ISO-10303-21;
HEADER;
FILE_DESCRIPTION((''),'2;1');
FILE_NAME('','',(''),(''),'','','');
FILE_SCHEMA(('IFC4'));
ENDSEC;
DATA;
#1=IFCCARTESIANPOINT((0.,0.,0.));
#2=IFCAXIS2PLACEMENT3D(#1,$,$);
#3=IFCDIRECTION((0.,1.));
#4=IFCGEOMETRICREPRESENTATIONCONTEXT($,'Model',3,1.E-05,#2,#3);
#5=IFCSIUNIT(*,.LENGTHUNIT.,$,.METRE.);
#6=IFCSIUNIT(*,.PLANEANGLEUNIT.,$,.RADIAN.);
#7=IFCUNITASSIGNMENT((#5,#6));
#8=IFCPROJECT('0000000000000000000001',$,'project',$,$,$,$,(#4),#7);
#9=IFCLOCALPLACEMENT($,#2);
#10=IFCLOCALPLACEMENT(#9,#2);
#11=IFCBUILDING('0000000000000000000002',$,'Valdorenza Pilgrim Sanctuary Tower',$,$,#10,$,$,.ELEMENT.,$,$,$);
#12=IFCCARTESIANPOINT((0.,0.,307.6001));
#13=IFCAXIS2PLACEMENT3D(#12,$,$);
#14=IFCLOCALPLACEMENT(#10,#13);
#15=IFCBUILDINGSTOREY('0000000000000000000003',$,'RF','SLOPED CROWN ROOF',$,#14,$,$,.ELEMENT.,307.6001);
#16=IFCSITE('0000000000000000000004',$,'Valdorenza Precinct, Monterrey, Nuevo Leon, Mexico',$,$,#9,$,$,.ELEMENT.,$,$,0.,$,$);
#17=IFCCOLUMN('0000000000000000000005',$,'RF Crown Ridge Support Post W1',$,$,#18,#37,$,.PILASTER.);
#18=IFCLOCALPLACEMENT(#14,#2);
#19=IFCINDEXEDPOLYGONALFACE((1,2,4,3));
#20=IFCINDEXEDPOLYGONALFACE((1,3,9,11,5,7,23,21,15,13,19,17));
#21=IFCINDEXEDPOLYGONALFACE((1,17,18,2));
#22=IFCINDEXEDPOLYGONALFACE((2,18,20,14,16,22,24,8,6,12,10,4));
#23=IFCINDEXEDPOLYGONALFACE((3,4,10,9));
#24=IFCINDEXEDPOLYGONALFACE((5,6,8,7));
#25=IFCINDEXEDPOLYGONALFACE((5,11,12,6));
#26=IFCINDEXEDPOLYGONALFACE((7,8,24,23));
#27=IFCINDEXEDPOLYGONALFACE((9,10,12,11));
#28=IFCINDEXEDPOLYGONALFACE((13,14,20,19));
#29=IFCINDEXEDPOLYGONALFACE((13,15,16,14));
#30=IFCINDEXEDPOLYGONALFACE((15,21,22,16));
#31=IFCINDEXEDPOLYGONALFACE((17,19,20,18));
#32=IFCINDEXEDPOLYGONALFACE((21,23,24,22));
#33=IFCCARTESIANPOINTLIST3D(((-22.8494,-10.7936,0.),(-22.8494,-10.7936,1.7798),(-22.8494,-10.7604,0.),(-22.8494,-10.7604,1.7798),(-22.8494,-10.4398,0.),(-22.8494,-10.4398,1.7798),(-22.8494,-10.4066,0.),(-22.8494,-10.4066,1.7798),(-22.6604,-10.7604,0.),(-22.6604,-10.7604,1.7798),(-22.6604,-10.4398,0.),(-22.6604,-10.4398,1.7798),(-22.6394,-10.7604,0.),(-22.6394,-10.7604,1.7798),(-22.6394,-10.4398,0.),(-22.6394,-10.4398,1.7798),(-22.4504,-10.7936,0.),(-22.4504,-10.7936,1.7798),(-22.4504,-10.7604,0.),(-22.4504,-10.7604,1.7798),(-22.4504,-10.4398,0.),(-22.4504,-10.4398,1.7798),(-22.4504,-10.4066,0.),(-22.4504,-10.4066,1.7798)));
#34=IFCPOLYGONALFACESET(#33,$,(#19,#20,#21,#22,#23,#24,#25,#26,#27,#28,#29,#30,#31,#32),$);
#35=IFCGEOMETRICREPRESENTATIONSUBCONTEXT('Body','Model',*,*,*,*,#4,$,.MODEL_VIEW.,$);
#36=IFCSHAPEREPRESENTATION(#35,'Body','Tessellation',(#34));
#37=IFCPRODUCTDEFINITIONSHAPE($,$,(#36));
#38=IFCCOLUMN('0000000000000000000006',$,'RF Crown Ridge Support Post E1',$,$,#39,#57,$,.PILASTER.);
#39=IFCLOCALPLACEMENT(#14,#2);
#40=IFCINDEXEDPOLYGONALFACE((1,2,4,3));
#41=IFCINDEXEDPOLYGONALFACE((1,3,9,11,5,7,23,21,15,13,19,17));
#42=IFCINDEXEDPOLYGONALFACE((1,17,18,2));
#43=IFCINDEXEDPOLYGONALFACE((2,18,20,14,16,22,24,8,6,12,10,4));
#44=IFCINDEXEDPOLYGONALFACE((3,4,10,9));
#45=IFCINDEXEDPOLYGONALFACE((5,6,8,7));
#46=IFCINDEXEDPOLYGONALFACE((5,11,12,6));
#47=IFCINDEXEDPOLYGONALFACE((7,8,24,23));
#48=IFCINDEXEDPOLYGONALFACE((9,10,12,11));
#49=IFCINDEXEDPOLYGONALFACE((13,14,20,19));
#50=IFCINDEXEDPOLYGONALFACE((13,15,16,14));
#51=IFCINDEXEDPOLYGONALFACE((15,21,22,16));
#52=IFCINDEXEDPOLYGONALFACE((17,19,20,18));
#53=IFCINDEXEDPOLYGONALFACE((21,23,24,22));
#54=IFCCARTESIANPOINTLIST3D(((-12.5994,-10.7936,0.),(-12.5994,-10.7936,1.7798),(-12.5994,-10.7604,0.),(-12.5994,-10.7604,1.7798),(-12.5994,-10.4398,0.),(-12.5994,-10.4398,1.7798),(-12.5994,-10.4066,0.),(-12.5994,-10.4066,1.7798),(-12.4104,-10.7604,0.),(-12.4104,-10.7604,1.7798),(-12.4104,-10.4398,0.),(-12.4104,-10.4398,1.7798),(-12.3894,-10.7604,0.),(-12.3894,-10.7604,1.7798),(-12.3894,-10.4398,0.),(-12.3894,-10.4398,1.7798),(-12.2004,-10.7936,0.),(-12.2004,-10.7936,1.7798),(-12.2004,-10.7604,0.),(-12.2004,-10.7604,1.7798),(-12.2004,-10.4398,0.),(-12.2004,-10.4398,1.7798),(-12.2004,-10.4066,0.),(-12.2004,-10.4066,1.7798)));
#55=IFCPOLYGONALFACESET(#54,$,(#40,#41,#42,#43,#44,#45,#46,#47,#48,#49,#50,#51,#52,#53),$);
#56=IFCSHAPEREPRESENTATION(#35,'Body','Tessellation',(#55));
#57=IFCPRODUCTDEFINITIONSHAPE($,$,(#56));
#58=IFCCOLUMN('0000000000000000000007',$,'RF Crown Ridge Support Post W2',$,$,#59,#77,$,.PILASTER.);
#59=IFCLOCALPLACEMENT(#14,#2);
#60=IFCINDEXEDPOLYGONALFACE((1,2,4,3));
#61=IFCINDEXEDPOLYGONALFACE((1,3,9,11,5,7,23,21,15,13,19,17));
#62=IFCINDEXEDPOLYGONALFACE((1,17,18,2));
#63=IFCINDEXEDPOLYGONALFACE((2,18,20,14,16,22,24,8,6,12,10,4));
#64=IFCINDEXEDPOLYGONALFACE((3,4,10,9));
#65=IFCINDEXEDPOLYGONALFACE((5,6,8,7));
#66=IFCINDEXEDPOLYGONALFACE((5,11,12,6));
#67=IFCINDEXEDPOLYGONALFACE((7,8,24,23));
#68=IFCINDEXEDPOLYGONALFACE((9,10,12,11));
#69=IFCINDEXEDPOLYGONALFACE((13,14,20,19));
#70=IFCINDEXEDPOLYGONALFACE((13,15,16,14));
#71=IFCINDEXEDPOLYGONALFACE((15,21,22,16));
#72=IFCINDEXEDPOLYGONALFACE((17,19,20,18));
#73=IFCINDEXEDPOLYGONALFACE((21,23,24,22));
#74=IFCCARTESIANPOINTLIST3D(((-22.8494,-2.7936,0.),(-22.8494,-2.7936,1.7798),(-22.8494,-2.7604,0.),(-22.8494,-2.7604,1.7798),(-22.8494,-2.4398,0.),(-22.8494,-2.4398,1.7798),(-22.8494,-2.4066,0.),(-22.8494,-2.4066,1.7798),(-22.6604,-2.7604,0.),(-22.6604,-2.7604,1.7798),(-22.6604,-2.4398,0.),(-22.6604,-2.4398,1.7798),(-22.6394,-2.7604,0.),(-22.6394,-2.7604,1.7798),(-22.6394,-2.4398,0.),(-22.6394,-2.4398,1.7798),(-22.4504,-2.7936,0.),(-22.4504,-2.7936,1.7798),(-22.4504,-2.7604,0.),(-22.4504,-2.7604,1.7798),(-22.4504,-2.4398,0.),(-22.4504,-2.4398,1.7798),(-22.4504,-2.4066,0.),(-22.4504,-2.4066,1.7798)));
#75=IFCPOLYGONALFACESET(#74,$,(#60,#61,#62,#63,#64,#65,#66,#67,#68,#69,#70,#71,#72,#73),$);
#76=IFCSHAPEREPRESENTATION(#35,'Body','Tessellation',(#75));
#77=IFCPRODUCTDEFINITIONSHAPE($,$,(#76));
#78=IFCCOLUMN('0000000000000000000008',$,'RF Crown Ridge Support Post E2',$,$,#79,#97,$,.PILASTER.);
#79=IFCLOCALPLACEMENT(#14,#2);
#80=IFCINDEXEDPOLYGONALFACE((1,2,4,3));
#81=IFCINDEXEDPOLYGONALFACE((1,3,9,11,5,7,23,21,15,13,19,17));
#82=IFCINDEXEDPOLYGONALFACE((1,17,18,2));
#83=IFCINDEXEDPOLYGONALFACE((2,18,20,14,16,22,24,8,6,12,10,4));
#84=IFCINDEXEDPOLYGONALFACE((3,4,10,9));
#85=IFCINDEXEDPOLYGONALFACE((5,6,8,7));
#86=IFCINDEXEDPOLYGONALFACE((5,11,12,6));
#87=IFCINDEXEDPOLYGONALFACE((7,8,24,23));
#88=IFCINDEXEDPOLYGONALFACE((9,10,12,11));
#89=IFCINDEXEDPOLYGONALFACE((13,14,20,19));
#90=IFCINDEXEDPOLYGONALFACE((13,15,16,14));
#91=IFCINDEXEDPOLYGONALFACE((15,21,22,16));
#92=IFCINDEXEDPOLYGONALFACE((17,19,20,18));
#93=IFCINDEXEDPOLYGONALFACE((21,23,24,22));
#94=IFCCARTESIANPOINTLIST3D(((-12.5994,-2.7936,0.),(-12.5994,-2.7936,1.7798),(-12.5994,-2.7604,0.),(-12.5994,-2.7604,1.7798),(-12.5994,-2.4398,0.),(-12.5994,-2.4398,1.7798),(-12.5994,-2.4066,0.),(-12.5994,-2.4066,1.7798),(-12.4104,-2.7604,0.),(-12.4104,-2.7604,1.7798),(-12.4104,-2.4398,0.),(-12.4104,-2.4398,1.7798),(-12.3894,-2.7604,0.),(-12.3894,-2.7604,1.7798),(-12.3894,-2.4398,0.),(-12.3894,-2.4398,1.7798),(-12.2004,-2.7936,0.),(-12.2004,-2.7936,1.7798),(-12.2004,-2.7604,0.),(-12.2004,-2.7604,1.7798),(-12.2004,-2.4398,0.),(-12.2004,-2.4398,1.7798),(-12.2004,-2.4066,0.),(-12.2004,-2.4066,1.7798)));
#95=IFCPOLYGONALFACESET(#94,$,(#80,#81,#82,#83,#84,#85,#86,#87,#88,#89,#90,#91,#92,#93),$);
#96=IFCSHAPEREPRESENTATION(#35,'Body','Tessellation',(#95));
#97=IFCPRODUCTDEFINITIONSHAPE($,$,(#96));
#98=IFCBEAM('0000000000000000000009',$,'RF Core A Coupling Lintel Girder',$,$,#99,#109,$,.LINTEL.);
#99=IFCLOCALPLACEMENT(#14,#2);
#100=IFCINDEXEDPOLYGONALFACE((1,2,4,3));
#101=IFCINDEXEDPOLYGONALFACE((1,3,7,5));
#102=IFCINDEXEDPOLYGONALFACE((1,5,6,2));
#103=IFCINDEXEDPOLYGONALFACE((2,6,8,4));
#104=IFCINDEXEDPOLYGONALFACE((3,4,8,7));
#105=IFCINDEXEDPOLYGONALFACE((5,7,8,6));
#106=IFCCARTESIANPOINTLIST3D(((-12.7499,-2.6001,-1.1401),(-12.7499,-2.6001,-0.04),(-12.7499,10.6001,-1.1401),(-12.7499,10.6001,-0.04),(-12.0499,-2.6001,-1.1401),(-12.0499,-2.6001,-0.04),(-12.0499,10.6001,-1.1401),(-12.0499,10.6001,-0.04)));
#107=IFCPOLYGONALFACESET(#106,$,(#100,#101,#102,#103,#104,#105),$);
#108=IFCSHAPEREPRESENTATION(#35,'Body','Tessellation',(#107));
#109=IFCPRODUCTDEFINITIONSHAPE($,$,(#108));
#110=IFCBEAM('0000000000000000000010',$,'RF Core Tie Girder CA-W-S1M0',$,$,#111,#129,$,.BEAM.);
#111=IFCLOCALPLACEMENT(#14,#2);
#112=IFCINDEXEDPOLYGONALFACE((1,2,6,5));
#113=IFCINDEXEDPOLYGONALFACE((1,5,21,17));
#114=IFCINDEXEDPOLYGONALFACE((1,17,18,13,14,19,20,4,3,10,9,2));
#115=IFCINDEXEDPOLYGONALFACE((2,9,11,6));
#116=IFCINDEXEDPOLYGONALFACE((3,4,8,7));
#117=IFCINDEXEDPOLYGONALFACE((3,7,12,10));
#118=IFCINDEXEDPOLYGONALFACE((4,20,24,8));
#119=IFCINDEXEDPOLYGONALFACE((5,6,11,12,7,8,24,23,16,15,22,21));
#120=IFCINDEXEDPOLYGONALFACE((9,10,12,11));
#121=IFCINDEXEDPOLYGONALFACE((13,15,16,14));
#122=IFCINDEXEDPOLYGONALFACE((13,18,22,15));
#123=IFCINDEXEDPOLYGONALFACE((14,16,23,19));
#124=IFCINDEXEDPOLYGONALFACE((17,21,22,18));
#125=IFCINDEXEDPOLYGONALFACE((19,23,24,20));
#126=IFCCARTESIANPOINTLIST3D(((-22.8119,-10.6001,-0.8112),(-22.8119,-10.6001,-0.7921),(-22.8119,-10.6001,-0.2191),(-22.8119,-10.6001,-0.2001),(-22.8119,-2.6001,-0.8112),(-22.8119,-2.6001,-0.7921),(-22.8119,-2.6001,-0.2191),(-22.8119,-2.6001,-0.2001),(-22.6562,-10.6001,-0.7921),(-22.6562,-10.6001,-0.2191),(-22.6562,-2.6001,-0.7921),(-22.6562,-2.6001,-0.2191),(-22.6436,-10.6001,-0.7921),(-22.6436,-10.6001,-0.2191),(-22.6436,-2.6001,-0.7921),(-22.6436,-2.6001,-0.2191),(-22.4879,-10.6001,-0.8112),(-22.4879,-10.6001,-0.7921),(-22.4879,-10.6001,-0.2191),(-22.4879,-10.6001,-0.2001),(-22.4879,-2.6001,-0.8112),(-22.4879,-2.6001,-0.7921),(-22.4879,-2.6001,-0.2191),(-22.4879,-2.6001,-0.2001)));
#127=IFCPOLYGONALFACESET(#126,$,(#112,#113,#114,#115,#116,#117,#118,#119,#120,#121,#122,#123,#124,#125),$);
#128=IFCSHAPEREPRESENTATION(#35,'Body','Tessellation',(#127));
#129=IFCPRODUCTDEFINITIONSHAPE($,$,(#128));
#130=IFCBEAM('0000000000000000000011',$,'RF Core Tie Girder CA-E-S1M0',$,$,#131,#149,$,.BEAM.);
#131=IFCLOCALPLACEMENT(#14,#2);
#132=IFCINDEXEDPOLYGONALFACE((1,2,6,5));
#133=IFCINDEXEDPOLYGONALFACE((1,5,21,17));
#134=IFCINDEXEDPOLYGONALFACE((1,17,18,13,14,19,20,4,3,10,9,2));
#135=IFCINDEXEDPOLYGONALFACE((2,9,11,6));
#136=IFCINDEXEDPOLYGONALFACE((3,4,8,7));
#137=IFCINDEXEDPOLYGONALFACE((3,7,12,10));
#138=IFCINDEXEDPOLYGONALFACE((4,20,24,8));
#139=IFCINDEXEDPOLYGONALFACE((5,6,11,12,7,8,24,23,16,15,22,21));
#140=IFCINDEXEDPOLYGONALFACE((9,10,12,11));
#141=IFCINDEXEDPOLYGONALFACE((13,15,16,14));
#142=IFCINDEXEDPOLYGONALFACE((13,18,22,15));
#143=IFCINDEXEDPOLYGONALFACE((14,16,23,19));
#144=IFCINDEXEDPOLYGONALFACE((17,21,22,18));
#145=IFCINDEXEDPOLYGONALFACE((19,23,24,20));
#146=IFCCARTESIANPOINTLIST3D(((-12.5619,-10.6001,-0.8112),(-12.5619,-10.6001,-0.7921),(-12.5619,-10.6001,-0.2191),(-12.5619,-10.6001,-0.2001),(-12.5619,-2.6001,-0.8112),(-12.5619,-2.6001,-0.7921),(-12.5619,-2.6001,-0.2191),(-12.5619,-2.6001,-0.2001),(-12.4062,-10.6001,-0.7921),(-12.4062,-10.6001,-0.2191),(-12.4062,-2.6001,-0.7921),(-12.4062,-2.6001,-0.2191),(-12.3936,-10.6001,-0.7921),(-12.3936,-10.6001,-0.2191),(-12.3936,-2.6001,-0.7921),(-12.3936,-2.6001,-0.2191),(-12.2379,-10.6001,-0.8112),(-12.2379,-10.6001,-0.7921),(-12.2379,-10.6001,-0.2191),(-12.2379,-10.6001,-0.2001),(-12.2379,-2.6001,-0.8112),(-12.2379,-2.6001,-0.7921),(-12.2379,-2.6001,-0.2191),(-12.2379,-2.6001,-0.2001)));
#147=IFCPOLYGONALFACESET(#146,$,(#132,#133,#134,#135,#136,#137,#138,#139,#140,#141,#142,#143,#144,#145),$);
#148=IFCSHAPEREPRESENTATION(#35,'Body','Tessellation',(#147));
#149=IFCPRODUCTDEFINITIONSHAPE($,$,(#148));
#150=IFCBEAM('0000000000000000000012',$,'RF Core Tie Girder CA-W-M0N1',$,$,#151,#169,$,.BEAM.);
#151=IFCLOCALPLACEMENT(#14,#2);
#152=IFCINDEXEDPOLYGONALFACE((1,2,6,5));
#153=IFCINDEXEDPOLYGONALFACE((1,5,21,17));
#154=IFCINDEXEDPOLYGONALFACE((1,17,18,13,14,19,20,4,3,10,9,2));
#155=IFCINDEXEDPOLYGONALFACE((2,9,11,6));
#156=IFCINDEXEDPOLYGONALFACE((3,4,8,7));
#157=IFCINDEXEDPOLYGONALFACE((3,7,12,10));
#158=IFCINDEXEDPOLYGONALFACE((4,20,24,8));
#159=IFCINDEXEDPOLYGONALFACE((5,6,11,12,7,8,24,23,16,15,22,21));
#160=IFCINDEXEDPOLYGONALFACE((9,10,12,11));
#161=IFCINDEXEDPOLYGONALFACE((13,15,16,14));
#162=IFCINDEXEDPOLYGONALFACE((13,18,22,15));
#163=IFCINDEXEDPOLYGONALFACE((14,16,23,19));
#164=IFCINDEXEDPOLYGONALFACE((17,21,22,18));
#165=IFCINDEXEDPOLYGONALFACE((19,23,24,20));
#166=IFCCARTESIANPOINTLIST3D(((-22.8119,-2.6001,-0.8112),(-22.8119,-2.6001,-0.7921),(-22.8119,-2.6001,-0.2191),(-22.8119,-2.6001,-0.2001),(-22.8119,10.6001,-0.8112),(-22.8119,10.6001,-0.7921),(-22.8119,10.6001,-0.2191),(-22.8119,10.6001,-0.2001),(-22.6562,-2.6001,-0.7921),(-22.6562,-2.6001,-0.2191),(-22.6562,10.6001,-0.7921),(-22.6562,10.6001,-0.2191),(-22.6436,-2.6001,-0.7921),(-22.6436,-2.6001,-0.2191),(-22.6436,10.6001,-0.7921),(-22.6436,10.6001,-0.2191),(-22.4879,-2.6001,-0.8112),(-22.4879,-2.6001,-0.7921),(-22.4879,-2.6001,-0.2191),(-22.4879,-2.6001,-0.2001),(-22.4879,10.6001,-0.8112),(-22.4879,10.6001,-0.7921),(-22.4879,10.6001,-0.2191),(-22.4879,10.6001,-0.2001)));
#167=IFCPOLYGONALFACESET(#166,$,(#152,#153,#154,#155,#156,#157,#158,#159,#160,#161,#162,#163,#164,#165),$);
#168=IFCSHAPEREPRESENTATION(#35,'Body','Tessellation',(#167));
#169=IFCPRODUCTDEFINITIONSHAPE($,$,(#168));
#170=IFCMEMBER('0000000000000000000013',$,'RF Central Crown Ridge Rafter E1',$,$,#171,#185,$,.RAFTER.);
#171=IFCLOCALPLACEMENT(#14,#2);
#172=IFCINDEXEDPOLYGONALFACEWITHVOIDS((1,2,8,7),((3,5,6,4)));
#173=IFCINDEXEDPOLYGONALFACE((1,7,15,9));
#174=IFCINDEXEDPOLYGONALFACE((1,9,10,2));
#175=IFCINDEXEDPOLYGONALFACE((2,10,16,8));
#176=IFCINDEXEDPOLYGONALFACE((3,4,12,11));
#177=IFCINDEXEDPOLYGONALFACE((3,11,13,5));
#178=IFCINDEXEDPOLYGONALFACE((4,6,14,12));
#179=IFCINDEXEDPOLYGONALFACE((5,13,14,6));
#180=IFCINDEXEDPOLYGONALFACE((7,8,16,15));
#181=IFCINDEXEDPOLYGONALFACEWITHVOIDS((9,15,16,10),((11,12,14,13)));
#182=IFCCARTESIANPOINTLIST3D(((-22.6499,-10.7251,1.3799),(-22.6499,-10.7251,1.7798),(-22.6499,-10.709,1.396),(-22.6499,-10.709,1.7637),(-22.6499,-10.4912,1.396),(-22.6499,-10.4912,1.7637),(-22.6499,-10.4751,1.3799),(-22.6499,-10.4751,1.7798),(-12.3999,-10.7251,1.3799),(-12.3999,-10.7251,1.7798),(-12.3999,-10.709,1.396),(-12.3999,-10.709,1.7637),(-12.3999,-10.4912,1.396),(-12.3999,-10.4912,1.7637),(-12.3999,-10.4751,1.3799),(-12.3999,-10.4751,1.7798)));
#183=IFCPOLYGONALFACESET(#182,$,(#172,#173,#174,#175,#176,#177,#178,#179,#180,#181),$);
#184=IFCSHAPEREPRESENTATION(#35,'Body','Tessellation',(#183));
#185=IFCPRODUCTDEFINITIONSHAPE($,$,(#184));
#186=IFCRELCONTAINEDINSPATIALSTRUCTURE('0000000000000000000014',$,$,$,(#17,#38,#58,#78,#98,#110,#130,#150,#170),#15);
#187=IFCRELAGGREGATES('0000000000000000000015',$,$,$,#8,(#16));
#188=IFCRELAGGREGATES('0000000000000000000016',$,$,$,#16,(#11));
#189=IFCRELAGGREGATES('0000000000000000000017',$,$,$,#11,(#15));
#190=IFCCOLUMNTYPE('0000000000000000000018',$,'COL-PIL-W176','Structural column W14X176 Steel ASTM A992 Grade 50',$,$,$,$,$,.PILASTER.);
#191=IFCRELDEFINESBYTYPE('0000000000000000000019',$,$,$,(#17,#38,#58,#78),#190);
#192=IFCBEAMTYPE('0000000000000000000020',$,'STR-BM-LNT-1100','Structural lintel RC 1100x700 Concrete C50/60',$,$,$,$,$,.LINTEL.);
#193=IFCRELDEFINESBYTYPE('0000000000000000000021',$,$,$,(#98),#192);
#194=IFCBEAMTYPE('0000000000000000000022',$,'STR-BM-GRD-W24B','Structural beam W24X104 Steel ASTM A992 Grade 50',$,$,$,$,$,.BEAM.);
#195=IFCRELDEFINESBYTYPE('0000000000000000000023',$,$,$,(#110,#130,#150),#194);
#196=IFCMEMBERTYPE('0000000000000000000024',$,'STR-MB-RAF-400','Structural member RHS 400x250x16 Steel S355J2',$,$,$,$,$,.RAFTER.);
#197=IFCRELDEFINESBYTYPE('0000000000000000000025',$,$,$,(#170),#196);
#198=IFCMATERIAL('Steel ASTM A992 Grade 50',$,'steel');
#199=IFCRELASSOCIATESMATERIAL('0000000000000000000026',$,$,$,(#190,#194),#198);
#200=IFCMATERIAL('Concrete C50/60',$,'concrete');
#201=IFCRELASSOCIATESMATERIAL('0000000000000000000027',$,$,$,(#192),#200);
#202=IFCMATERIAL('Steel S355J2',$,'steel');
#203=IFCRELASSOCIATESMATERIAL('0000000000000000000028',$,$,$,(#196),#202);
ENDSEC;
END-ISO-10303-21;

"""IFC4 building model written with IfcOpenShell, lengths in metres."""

from ifc_helpers import new_model, si_unit, direction, frame, origin, origin_2d, place, context, subcontext, project, spatial, rectangle, hollow_rectangle, i_section, extrude, source, transform, mapped, material, material_profile, profile_set, type_object, element, save


model = new_model("IFC4")

# Units and contexts
model_context = context("Model", 3, precision=1e-05, world=origin(), true_north=direction((0.0, 1.0)))
body_context = subcontext(model_context, "Body", "Model", "MODEL_VIEW")
ifc_project = project(units=[si_unit("LENGTHUNIT", "METRE"), si_unit("PLANEANGLEUNIT", "RADIAN")], contexts=[model_context])

# Site, building, storey
site_placement = place(None, origin())
site = spatial("IfcSite", under=ifc_project, at=site_placement, Name="Valdorenza Precinct, Monterrey, Nuevo Leon, Mexico", CompositionType="ELEMENT", RefElevation=0.0)
building_placement = place(site_placement, origin())
building = spatial("IfcBuilding", under=site, at=building_placement, Name="Valdorenza Pilgrim Sanctuary Tower", CompositionType="ELEMENT")
storey_placement = place(building_placement, frame((0.0, 0.0, 307.6001)))
storey = spatial("IfcBuildingStorey", under=building, at=storey_placement, Name="RF", Description="SLOPED CROWN ROOF", CompositionType="ELEMENT", Elevation=307.6001)

# Columns
ifc_material_1 = material(Name="Steel ASTM A992 Grade 50", Category="steel")
ifc_material_profile_1 = material_profile(ifc_material_1, i_section(OverallWidth=0.3989, OverallDepth=0.387, WebThickness=0.021, FlangeThickness=0.0332, at=origin_2d()), Name="W14X176")
ifc_profile_set_1 = profile_set([ifc_material_profile_1], Name="Steel ASTM A992 Grade 50")
column_type = type_object("IfcColumnType", Name="COL-PIL-W176", Description="Structural column W14X176 Steel ASTM A992 Grade 50", PredefinedType="PILASTER", material=ifc_profile_set_1)
shared_shape_1 = source(origin(), body_context, "Body", "SweptSolid", [
    extrude(i_section(OverallWidth=0.3989, OverallDepth=0.387, WebThickness=0.021, FlangeThickness=0.0332, at=origin_2d()), origin(), (0.0, 0.0, 1.0), 1.7798),
])
for number, where, z_axis, x_axis, name in (
    (1, (-22.6499, -10.6001, 0.0), (0.0, 0.0, 1.0), (1.0, 0.0, 0.0), "RF Crown Ridge Support Post W1"),
    (2, (-12.3999, -10.6001, 0.0), (0.0, 0.0, 1.0), (1.0, 0.0, 0.0), "RF Crown Ridge Support Post E1"),
    (3, (-22.6499, -2.6001, 0.0), (0.0, 0.0, 1.0), (1.0, 0.0, 0.0), "RF Crown Ridge Support Post W2"),
    (4, (-12.3999, -2.6001, 0.0), (0.0, 0.0, 1.0), (1.0, 0.0, 0.0), "RF Crown Ridge Support Post E2"),
):
    element("IfcColumn", number, at=place(storey_placement, frame(where, z_axis=z_axis, x_axis=x_axis)), inside=storey, type_object=column_type, Name=name, PredefinedType="PILASTER", context=body_context, shape_type="MappedRepresentation", body=[
        mapped(shared_shape_1, transform((0.0, 0.0, 0.0), x_axis=(1.0, 0.0, 0.0), y_axis=(0.0, 1.0, 0.0), z_axis=(0.0, 0.0, 1.0), scale=1.0)),
    ])

# Beams
ifc_material_2 = material(Name="Concrete C50/60", Category="concrete")
ifc_material_profile_2 = material_profile(ifc_material_2, rectangle(XDim=0.7, YDim=1.1001, at=origin_2d()), Name="RC 1100x700")
ifc_profile_set_2 = profile_set([ifc_material_profile_2], Name="Concrete C50/60")
beam_type_1 = type_object("IfcBeamType", Name="STR-BM-LNT-1100", Description="Structural lintel RC 1100x700 Concrete C50/60", PredefinedType="LINTEL", material=ifc_profile_set_2)
shared_shape_2 = source(origin(), body_context, "Body", "SweptSolid", [
    extrude(rectangle(XDim=0.7, YDim=1.1001, at=origin_2d()), origin(), (0.0, 0.0, 1.0), 13.2002),
])
beam_1_placement = place(storey_placement, frame((-12.3999, -2.6001, -0.5901), z_axis=(0.0, 1.0, 0.0), x_axis=(-1.0, 0.0, 0.0)))
element("IfcBeam", 5, at=beam_1_placement, inside=storey, type_object=beam_type_1, Name="RF Core A Coupling Lintel Girder", PredefinedType="LINTEL", context=body_context, shape_type="MappedRepresentation", body=[
    mapped(shared_shape_2, transform((0.0, 0.0, 0.0), x_axis=(1.0, 0.0, 0.0), y_axis=(0.0, 1.0, 0.0), z_axis=(0.0, 0.0, 1.0), scale=1.0)),
])
ifc_material_profile_3 = material_profile(ifc_material_1, i_section(OverallWidth=0.324, OverallDepth=0.6111, WebThickness=0.0127, FlangeThickness=0.019, at=origin_2d()), Name="W24X104")
ifc_profile_set_3 = profile_set([ifc_material_profile_3], Name="Steel ASTM A992 Grade 50")
beam_type_2 = type_object("IfcBeamType", Name="STR-BM-GRD-W24B", Description="Structural beam W24X104 Steel ASTM A992 Grade 50", PredefinedType="BEAM", material=ifc_profile_set_3)
shared_shape_3 = source(origin(), body_context, "Body", "SweptSolid", [
    extrude(i_section(OverallWidth=0.324, OverallDepth=0.6111, WebThickness=0.0127, FlangeThickness=0.019, at=origin_2d()), origin(), (0.0, 0.0, 1.0), 8.0),
])
for number, where, z_axis, x_axis, name in (
    (6, (-22.6499, -10.6001, -0.5056), (0.0, 1.0, 0.0), (-1.0, 0.0, 0.0), "RF Core Tie Girder CA-W-S1M0"),
    (7, (-12.3999, -10.6001, -0.5056), (0.0, 1.0, 0.0), (-1.0, 0.0, 0.0), "RF Core Tie Girder CA-E-S1M0"),
):
    element("IfcBeam", number, at=place(storey_placement, frame(where, z_axis=z_axis, x_axis=x_axis)), inside=storey, type_object=beam_type_2, Name=name, PredefinedType="BEAM", context=body_context, shape_type="MappedRepresentation", body=[
        mapped(shared_shape_3, transform((0.0, 0.0, 0.0), x_axis=(1.0, 0.0, 0.0), y_axis=(0.0, 1.0, 0.0), z_axis=(0.0, 0.0, 1.0), scale=1.0)),
    ])
shared_shape_4 = source(origin(), body_context, "Body", "SweptSolid", [
    extrude(i_section(OverallWidth=0.324, OverallDepth=0.6111, WebThickness=0.0127, FlangeThickness=0.019, at=origin_2d()), origin(), (0.0, 0.0, 1.0), 13.2002),
])
beam_2_placement = place(storey_placement, frame((-22.6499, -2.6001, -0.5056), z_axis=(0.0, 1.0, 0.0), x_axis=(-1.0, 0.0, 0.0)))
element("IfcBeam", 8, at=beam_2_placement, inside=storey, type_object=beam_type_2, Name="RF Core Tie Girder CA-W-M0N1", PredefinedType="BEAM", context=body_context, shape_type="MappedRepresentation", body=[
    mapped(shared_shape_4, transform((0.0, 0.0, 0.0), x_axis=(1.0, 0.0, 0.0), y_axis=(0.0, 1.0, 0.0), z_axis=(0.0, 0.0, 1.0), scale=1.0)),
])

# Member
ifc_material_3 = material(Name="Steel S355J2", Category="steel")
ifc_material_profile_4 = material_profile(ifc_material_3, hollow_rectangle(XDim=0.25, YDim=0.3999, WallThickness=0.0161, at=origin_2d()), Name="RHS 400x250x16")
ifc_profile_set_4 = profile_set([ifc_material_profile_4], Name="Steel S355J2")
member_type_1 = type_object("IfcMemberType", Name="STR-MB-RAF-400", Description="Structural member RHS 400x250x16 Steel S355J2", PredefinedType="RAFTER", material=ifc_profile_set_4)
shared_shape_5 = source(origin(), body_context, "Body", "SweptSolid", [
    extrude(hollow_rectangle(XDim=0.25, YDim=0.3999, WallThickness=0.0161, at=origin_2d()), origin(), (0.0, 0.0, 1.0), 10.25),
])
for number, where, z_axis, x_axis, name in (
    (9, (-22.6499, -10.6001, 1.5798), (1.0, 0.0, 0.0), (0.0, 1.0, 0.0), "RF Central Crown Ridge Rafter E1"),
):
    element("IfcMember", number, at=place(storey_placement, frame(where, z_axis=z_axis, x_axis=x_axis)), inside=storey, type_object=member_type_1, Name=name, PredefinedType="RAFTER", context=body_context, shape_type="MappedRepresentation", body=[
        mapped(shared_shape_5, transform((0.0, 0.0, 0.0), x_axis=(1.0, 0.0, 0.0), y_axis=(0.0, 1.0, 0.0), z_axis=(0.0, 0.0, 1.0), scale=1.0)),
    ])

save(model, "model.ifc")
